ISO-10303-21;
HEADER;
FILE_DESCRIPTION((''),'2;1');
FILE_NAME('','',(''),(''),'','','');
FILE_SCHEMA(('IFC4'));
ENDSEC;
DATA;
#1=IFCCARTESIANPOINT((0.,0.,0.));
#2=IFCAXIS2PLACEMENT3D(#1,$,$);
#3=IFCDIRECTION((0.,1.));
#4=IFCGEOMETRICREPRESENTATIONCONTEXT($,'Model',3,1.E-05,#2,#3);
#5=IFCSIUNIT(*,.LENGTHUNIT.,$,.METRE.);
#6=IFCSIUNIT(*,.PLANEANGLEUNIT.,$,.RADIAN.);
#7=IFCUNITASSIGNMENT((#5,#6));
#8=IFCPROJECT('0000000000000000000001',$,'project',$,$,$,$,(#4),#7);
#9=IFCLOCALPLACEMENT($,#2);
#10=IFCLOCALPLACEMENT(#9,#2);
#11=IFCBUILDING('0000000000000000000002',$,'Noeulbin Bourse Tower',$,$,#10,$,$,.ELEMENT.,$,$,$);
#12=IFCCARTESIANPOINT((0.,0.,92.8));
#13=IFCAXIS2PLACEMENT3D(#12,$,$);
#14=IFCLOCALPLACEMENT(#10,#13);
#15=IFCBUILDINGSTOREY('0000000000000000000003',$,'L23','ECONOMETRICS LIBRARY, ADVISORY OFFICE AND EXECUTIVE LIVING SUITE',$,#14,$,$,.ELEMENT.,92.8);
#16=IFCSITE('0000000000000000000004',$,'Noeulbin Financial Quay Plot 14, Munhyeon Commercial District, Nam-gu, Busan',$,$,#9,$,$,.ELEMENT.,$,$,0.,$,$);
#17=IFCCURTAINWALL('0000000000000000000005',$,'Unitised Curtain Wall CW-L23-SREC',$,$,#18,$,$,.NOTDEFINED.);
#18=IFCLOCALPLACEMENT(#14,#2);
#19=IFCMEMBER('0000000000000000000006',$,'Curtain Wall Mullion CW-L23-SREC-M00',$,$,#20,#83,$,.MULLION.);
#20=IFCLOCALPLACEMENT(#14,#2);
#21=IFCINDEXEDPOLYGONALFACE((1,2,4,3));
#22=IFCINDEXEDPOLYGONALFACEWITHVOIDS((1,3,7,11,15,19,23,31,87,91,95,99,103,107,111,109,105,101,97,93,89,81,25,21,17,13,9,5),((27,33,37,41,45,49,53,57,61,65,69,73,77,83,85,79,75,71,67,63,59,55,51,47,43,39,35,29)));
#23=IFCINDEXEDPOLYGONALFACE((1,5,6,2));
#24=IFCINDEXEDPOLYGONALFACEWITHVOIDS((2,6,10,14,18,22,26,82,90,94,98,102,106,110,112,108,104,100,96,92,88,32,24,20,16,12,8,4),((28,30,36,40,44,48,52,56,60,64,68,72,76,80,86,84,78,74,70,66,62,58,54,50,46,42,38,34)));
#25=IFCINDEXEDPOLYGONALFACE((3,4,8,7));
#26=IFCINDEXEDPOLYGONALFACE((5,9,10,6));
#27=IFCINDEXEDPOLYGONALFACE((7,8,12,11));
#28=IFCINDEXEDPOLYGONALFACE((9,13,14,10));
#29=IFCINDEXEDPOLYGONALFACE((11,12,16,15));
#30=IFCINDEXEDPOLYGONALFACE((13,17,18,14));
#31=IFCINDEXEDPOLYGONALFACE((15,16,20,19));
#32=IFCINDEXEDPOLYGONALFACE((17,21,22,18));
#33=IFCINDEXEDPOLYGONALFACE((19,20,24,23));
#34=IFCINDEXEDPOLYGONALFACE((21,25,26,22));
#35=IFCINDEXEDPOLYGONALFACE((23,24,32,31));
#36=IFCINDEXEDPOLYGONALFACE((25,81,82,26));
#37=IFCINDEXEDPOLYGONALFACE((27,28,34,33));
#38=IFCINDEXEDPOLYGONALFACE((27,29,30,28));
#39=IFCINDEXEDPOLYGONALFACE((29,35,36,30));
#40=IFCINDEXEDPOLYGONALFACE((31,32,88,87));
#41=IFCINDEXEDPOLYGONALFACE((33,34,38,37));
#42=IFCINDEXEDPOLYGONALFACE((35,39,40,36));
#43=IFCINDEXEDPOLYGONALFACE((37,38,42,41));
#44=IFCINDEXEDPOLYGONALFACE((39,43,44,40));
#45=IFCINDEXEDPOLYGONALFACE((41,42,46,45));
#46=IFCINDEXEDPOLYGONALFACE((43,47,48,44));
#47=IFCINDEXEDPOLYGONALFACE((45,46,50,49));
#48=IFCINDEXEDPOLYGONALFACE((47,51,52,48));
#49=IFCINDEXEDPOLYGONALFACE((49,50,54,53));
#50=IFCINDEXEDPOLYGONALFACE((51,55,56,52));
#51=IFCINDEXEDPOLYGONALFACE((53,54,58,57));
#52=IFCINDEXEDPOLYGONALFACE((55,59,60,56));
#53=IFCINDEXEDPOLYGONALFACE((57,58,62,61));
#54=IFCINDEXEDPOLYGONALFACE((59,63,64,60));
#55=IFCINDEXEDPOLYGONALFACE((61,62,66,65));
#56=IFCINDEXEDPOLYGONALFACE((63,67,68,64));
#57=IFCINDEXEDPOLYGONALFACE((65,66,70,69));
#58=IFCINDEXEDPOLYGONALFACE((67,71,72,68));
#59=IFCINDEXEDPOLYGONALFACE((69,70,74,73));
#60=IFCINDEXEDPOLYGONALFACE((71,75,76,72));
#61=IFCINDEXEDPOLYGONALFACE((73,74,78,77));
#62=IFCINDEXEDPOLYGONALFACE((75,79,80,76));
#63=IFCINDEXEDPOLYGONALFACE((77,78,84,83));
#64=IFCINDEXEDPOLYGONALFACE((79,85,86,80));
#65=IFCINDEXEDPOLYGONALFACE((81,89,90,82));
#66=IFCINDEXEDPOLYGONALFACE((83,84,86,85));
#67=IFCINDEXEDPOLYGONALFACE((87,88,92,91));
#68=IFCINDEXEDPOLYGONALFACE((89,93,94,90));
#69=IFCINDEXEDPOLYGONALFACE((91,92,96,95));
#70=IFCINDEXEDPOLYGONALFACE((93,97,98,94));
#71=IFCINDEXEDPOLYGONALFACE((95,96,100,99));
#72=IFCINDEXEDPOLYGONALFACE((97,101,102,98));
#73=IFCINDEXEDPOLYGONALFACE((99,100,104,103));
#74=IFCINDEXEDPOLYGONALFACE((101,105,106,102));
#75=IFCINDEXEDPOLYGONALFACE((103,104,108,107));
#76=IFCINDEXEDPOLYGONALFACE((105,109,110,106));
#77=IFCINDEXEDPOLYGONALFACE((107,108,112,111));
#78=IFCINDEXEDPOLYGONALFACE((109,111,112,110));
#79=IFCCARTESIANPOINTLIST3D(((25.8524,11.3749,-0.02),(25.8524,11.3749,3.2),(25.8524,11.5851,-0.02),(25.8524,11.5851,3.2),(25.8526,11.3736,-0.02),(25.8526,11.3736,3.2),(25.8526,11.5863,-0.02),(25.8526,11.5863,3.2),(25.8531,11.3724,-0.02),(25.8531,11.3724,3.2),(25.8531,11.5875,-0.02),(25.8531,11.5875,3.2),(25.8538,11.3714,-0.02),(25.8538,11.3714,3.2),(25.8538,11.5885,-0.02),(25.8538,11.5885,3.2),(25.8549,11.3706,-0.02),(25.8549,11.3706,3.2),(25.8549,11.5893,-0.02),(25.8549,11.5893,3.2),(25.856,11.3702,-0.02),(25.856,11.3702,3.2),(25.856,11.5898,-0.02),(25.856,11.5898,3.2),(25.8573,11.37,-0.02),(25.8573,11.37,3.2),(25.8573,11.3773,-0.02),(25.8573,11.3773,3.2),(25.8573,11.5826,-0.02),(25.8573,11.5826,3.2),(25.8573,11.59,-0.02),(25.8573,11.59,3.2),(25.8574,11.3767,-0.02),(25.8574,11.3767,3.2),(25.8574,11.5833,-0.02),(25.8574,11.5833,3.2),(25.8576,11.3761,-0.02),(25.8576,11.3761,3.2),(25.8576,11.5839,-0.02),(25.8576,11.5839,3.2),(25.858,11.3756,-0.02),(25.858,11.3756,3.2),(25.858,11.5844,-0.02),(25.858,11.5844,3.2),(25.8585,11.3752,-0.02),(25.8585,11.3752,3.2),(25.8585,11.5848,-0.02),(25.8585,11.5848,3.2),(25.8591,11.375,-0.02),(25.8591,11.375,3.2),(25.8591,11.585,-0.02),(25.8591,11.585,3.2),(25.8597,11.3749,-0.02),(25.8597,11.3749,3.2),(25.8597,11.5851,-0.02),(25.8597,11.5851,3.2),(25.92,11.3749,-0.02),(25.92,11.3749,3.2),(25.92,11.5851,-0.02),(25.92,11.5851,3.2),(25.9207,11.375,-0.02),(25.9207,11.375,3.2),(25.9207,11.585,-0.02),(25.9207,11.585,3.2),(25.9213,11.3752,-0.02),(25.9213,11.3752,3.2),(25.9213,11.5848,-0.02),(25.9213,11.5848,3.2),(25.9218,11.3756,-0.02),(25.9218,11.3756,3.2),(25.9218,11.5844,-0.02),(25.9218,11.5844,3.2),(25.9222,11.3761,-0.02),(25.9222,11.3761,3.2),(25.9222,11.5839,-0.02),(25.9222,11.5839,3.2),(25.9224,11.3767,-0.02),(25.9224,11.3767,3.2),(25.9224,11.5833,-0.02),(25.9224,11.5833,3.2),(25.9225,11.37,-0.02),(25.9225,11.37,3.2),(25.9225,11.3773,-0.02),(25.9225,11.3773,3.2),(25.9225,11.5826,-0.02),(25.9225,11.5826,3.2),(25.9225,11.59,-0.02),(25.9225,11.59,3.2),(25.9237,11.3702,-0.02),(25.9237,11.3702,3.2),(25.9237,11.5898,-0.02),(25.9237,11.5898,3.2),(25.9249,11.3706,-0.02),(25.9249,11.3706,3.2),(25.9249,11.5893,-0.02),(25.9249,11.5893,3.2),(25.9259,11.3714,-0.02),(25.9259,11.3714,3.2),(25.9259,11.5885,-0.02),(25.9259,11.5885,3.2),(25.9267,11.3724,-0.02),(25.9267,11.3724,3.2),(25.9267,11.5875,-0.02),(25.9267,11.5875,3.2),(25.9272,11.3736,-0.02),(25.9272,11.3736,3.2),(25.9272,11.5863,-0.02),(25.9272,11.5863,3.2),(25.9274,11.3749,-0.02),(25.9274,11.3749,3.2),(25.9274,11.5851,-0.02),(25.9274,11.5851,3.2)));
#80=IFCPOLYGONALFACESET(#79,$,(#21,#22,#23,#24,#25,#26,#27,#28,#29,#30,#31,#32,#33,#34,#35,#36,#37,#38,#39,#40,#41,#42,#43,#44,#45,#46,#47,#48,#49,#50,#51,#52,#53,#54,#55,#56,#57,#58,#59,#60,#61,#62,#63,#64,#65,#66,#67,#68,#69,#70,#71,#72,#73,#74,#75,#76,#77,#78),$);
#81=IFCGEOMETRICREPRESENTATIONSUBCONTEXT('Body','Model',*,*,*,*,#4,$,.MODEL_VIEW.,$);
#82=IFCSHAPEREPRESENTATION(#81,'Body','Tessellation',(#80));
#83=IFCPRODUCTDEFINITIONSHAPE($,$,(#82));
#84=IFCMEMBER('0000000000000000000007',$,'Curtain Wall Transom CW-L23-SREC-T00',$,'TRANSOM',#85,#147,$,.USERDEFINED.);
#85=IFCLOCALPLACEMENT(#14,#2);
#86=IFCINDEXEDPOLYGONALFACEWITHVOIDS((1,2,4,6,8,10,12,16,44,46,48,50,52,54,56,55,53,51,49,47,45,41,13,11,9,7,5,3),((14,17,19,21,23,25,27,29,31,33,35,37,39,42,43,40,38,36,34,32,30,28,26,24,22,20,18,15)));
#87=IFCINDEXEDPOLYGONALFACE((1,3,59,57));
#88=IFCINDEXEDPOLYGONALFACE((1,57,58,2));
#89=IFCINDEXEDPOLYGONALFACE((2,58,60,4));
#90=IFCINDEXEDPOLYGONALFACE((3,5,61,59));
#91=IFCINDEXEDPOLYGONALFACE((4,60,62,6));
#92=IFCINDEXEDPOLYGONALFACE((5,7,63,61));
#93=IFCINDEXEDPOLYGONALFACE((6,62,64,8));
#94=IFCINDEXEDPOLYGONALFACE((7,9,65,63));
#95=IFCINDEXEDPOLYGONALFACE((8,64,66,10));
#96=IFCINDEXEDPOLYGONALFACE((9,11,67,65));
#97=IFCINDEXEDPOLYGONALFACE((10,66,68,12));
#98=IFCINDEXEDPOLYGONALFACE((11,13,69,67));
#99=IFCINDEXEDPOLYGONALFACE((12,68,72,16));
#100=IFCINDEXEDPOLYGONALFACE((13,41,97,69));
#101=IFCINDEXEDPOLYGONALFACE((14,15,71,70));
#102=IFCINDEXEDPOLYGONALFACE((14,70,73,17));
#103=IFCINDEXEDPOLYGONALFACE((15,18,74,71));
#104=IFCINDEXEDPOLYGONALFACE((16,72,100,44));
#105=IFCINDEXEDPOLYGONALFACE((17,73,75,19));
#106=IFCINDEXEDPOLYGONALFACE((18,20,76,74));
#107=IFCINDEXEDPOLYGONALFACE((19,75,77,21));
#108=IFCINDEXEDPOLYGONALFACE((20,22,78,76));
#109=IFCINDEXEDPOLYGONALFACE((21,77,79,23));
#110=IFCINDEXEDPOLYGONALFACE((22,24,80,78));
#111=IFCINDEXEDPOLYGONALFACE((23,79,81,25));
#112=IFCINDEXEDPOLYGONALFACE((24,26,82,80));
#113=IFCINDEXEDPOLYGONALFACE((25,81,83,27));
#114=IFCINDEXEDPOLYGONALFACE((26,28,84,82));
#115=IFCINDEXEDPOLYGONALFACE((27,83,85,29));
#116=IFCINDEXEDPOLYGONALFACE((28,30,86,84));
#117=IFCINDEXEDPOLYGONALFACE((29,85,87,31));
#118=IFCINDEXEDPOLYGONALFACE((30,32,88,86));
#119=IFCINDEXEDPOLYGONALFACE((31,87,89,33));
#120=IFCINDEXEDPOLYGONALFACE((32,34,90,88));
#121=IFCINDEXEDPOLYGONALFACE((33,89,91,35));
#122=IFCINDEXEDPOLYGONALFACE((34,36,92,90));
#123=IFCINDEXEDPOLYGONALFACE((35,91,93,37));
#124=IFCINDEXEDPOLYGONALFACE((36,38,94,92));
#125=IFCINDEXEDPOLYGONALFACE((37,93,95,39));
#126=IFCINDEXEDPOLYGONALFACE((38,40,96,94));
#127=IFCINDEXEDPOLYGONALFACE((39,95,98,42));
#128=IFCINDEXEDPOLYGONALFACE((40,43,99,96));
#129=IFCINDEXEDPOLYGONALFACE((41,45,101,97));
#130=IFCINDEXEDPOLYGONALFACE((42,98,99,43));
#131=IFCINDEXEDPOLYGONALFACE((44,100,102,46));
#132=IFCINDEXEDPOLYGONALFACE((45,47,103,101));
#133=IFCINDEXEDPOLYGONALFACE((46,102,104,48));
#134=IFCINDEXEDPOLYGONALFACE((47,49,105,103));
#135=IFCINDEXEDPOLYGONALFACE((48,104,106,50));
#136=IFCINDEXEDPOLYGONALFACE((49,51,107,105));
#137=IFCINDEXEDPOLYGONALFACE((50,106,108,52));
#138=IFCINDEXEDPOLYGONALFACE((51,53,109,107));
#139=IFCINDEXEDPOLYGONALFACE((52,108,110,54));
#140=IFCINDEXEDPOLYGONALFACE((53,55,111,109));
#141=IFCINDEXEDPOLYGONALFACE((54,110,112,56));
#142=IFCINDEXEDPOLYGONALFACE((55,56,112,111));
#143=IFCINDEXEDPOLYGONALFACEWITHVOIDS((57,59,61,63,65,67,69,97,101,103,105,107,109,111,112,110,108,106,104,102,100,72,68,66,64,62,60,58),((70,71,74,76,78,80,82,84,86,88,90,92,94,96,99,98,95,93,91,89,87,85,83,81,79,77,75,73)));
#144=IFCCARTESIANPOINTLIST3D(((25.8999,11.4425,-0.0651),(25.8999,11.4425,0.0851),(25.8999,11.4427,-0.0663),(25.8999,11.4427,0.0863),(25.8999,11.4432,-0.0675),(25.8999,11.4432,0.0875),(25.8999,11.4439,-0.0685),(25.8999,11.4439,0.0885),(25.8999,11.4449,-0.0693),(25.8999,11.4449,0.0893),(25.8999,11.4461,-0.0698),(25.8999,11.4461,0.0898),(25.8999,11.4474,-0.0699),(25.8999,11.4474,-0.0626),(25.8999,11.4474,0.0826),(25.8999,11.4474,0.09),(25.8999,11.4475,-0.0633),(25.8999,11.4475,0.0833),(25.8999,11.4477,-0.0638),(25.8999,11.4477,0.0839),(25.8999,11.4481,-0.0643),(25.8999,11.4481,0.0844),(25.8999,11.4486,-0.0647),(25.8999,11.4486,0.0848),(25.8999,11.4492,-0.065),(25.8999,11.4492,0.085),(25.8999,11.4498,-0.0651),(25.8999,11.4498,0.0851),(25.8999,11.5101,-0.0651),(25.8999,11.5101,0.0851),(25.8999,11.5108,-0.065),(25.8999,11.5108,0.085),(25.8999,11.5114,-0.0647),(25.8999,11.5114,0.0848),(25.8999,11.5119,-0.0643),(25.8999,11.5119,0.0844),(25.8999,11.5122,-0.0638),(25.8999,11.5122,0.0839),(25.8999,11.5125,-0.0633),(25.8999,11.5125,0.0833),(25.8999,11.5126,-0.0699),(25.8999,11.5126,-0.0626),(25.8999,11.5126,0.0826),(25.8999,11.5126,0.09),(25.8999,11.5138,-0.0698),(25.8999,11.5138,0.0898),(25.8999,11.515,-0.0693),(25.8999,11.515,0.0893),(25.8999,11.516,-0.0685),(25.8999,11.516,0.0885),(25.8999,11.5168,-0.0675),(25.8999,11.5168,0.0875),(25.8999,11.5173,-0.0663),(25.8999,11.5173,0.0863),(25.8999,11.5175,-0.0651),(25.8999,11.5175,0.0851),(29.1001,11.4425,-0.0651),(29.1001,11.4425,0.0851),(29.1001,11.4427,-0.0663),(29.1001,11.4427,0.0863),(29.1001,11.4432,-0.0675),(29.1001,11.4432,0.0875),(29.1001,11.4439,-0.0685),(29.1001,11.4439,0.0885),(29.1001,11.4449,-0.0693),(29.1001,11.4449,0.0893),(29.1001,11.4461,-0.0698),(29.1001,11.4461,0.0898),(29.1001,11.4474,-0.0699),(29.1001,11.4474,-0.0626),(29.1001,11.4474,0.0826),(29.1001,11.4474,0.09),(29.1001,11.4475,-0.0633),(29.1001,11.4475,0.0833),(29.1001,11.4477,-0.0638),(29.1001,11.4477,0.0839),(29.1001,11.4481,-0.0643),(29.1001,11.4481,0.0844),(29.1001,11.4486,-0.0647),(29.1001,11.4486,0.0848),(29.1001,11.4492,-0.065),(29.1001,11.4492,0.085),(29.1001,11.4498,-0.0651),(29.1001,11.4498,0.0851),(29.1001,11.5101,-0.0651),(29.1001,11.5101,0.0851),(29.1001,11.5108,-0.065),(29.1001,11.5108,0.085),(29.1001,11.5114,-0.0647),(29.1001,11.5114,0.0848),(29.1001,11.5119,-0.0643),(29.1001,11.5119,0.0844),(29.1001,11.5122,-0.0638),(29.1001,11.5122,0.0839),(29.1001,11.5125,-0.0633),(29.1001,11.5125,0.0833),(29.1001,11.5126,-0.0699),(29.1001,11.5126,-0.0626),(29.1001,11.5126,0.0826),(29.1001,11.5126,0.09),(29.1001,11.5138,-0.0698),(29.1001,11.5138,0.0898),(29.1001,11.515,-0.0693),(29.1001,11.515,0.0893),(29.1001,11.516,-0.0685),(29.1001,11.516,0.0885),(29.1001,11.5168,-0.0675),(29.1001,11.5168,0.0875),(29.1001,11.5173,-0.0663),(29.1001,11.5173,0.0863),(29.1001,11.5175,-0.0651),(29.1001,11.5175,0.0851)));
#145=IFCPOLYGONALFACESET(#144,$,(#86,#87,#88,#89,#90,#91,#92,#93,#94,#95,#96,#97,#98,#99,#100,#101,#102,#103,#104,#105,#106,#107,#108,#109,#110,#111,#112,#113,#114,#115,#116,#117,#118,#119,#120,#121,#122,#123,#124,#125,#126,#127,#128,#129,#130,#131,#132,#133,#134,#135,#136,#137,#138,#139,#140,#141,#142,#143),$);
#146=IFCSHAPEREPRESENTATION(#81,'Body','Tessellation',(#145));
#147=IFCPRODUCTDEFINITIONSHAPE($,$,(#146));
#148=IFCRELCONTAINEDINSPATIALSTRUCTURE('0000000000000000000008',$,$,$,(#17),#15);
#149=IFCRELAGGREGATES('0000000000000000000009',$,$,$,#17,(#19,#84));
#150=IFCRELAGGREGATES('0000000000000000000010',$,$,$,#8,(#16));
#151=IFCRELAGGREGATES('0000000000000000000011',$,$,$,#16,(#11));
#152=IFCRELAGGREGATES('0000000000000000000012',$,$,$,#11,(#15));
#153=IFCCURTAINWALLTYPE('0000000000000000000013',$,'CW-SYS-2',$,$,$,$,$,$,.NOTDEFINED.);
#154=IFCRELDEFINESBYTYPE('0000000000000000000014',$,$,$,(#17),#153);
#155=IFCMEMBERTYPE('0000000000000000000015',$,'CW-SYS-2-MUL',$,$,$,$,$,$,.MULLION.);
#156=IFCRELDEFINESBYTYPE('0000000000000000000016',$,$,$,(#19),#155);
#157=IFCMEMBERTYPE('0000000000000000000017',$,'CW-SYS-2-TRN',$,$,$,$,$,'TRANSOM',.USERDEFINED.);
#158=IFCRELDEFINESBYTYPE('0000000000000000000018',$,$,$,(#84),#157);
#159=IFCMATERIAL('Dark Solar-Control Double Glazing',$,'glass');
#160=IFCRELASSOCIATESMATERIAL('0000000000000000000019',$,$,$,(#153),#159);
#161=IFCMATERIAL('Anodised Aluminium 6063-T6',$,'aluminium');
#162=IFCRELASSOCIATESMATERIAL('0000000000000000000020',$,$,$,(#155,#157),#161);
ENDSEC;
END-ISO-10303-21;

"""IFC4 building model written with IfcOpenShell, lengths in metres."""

from ifc_helpers import new_model, si_unit, direction, frame, origin, origin_2d, place, context, subcontext, project, spatial, hollow_rectangle, extrude, material, material_profile, profile_set, type_object, element, aggregate, save


model = new_model("IFC4")

# Units and contexts
model_context = context("Model", 3, precision=1e-05, world=origin(), true_north=direction((0.0, 1.0)))
body_context = subcontext(model_context, "Body", "Model", "MODEL_VIEW")
ifc_project = project(units=[si_unit("LENGTHUNIT", "METRE"), si_unit("PLANEANGLEUNIT", "RADIAN")], contexts=[model_context])

# Site, building, storey
site_placement = place(None, origin())
site = spatial("IfcSite", under=ifc_project, at=site_placement, Name="Noeulbin Financial Quay Plot 14, Munhyeon Commercial District, Nam-gu, Busan", CompositionType="ELEMENT", RefElevation=0.0)
building_placement = place(site_placement, origin())
building = spatial("IfcBuilding", under=site, at=building_placement, Name="Noeulbin Bourse Tower", CompositionType="ELEMENT")
storey_placement = place(building_placement, frame((0.0, 0.0, 92.8)))
storey = spatial("IfcBuildingStorey", under=building, at=storey_placement, Name="L23", Description="ECONOMETRICS LIBRARY, ADVISORY OFFICE AND EXECUTIVE LIVING SUITE", CompositionType="ELEMENT", Elevation=92.8)

# Curtain wall, members
ifc_material_1 = material(Name="Dark Solar-Control Double Glazing", Category="glass")
curtain_wall_type = type_object("IfcCurtainWallType", Name="CW-SYS-2", PredefinedType="NOTDEFINED", material=ifc_material_1)
curtain_wall_placement = place(storey_placement, origin())
curtain_wall = element("IfcCurtainWall", 1, at=curtain_wall_placement, inside=storey, type_object=curtain_wall_type, Name="Unitised Curtain Wall CW-L23-SREC", PredefinedType="NOTDEFINED")
ifc_material_2 = material(Name="Anodised Aluminium 6063-T6", Category="aluminium")
ifc_material_profile_1 = material_profile(ifc_material_2, hollow_rectangle(XDim=0.075, YDim=0.22, WallThickness=0.0049, InnerFilletRadius=0.0024, OuterFilletRadius=0.0049, at=origin_2d()), Name="ALU-MULL-75x220x5", Category="LoadBearing")
ifc_profile_set_1 = profile_set([ifc_material_profile_1], Name="Anodised Aluminium 6063-T6")
member_type_1 = type_object("IfcMemberType", Name="CW-SYS-2-MUL", PredefinedType="MULLION", material=ifc_profile_set_1)
member_1_placement = place(storey_placement, frame((25.8899, 11.48, -0.02), z_axis=(0.0, 0.0, 1.0), x_axis=(1.0, 0.0, 0.0)))
member_1 = element("IfcMember", 2, at=member_1_placement, type_object=member_type_1, Name="Curtain Wall Mullion CW-L23-SREC-M00", PredefinedType="MULLION", context=body_context, shape_type="SweptSolid", body=[
    extrude(hollow_rectangle(XDim=0.075, YDim=0.22, WallThickness=0.0049, InnerFilletRadius=0.0024, OuterFilletRadius=0.0049, at=origin_2d()), origin(), (0.0, 0.0, 1.0), 3.22),
])
ifc_material_profile_2 = material_profile(ifc_material_2, hollow_rectangle(XDim=0.075, YDim=0.1599, WallThickness=0.0049, InnerFilletRadius=0.0024, OuterFilletRadius=0.0049, at=origin_2d()), Name="ALU-TRAN-75x160x5", Category="LoadBearing")
ifc_profile_set_2 = profile_set([ifc_material_profile_2], Name="Anodised Aluminium 6063-T6")
member_type_2 = type_object("IfcMemberType", Name="CW-SYS-2-TRN", ElementType="TRANSOM", PredefinedType="USERDEFINED", material=ifc_profile_set_2)
member_2_placement = place(storey_placement, frame((25.8999, 11.48, 0.01), z_axis=(1.0, 0.0, 0.0), x_axis=(0.0, 1.0, 0.0)))
member_2 = element("IfcMember", 3, at=member_2_placement, type_object=member_type_2, Name="Curtain Wall Transom CW-L23-SREC-T00", ObjectType="TRANSOM", PredefinedType="USERDEFINED", context=body_context, shape_type="SweptSolid", body=[
    extrude(hollow_rectangle(XDim=0.075, YDim=0.1599, WallThickness=0.0049, InnerFilletRadius=0.0024, OuterFilletRadius=0.0049, at=origin_2d()), origin(), (0.0, 0.0, 1.0), 3.2002),
])
aggregate(curtain_wall, [member_1, member_2])

save(model, "model.ifc")
